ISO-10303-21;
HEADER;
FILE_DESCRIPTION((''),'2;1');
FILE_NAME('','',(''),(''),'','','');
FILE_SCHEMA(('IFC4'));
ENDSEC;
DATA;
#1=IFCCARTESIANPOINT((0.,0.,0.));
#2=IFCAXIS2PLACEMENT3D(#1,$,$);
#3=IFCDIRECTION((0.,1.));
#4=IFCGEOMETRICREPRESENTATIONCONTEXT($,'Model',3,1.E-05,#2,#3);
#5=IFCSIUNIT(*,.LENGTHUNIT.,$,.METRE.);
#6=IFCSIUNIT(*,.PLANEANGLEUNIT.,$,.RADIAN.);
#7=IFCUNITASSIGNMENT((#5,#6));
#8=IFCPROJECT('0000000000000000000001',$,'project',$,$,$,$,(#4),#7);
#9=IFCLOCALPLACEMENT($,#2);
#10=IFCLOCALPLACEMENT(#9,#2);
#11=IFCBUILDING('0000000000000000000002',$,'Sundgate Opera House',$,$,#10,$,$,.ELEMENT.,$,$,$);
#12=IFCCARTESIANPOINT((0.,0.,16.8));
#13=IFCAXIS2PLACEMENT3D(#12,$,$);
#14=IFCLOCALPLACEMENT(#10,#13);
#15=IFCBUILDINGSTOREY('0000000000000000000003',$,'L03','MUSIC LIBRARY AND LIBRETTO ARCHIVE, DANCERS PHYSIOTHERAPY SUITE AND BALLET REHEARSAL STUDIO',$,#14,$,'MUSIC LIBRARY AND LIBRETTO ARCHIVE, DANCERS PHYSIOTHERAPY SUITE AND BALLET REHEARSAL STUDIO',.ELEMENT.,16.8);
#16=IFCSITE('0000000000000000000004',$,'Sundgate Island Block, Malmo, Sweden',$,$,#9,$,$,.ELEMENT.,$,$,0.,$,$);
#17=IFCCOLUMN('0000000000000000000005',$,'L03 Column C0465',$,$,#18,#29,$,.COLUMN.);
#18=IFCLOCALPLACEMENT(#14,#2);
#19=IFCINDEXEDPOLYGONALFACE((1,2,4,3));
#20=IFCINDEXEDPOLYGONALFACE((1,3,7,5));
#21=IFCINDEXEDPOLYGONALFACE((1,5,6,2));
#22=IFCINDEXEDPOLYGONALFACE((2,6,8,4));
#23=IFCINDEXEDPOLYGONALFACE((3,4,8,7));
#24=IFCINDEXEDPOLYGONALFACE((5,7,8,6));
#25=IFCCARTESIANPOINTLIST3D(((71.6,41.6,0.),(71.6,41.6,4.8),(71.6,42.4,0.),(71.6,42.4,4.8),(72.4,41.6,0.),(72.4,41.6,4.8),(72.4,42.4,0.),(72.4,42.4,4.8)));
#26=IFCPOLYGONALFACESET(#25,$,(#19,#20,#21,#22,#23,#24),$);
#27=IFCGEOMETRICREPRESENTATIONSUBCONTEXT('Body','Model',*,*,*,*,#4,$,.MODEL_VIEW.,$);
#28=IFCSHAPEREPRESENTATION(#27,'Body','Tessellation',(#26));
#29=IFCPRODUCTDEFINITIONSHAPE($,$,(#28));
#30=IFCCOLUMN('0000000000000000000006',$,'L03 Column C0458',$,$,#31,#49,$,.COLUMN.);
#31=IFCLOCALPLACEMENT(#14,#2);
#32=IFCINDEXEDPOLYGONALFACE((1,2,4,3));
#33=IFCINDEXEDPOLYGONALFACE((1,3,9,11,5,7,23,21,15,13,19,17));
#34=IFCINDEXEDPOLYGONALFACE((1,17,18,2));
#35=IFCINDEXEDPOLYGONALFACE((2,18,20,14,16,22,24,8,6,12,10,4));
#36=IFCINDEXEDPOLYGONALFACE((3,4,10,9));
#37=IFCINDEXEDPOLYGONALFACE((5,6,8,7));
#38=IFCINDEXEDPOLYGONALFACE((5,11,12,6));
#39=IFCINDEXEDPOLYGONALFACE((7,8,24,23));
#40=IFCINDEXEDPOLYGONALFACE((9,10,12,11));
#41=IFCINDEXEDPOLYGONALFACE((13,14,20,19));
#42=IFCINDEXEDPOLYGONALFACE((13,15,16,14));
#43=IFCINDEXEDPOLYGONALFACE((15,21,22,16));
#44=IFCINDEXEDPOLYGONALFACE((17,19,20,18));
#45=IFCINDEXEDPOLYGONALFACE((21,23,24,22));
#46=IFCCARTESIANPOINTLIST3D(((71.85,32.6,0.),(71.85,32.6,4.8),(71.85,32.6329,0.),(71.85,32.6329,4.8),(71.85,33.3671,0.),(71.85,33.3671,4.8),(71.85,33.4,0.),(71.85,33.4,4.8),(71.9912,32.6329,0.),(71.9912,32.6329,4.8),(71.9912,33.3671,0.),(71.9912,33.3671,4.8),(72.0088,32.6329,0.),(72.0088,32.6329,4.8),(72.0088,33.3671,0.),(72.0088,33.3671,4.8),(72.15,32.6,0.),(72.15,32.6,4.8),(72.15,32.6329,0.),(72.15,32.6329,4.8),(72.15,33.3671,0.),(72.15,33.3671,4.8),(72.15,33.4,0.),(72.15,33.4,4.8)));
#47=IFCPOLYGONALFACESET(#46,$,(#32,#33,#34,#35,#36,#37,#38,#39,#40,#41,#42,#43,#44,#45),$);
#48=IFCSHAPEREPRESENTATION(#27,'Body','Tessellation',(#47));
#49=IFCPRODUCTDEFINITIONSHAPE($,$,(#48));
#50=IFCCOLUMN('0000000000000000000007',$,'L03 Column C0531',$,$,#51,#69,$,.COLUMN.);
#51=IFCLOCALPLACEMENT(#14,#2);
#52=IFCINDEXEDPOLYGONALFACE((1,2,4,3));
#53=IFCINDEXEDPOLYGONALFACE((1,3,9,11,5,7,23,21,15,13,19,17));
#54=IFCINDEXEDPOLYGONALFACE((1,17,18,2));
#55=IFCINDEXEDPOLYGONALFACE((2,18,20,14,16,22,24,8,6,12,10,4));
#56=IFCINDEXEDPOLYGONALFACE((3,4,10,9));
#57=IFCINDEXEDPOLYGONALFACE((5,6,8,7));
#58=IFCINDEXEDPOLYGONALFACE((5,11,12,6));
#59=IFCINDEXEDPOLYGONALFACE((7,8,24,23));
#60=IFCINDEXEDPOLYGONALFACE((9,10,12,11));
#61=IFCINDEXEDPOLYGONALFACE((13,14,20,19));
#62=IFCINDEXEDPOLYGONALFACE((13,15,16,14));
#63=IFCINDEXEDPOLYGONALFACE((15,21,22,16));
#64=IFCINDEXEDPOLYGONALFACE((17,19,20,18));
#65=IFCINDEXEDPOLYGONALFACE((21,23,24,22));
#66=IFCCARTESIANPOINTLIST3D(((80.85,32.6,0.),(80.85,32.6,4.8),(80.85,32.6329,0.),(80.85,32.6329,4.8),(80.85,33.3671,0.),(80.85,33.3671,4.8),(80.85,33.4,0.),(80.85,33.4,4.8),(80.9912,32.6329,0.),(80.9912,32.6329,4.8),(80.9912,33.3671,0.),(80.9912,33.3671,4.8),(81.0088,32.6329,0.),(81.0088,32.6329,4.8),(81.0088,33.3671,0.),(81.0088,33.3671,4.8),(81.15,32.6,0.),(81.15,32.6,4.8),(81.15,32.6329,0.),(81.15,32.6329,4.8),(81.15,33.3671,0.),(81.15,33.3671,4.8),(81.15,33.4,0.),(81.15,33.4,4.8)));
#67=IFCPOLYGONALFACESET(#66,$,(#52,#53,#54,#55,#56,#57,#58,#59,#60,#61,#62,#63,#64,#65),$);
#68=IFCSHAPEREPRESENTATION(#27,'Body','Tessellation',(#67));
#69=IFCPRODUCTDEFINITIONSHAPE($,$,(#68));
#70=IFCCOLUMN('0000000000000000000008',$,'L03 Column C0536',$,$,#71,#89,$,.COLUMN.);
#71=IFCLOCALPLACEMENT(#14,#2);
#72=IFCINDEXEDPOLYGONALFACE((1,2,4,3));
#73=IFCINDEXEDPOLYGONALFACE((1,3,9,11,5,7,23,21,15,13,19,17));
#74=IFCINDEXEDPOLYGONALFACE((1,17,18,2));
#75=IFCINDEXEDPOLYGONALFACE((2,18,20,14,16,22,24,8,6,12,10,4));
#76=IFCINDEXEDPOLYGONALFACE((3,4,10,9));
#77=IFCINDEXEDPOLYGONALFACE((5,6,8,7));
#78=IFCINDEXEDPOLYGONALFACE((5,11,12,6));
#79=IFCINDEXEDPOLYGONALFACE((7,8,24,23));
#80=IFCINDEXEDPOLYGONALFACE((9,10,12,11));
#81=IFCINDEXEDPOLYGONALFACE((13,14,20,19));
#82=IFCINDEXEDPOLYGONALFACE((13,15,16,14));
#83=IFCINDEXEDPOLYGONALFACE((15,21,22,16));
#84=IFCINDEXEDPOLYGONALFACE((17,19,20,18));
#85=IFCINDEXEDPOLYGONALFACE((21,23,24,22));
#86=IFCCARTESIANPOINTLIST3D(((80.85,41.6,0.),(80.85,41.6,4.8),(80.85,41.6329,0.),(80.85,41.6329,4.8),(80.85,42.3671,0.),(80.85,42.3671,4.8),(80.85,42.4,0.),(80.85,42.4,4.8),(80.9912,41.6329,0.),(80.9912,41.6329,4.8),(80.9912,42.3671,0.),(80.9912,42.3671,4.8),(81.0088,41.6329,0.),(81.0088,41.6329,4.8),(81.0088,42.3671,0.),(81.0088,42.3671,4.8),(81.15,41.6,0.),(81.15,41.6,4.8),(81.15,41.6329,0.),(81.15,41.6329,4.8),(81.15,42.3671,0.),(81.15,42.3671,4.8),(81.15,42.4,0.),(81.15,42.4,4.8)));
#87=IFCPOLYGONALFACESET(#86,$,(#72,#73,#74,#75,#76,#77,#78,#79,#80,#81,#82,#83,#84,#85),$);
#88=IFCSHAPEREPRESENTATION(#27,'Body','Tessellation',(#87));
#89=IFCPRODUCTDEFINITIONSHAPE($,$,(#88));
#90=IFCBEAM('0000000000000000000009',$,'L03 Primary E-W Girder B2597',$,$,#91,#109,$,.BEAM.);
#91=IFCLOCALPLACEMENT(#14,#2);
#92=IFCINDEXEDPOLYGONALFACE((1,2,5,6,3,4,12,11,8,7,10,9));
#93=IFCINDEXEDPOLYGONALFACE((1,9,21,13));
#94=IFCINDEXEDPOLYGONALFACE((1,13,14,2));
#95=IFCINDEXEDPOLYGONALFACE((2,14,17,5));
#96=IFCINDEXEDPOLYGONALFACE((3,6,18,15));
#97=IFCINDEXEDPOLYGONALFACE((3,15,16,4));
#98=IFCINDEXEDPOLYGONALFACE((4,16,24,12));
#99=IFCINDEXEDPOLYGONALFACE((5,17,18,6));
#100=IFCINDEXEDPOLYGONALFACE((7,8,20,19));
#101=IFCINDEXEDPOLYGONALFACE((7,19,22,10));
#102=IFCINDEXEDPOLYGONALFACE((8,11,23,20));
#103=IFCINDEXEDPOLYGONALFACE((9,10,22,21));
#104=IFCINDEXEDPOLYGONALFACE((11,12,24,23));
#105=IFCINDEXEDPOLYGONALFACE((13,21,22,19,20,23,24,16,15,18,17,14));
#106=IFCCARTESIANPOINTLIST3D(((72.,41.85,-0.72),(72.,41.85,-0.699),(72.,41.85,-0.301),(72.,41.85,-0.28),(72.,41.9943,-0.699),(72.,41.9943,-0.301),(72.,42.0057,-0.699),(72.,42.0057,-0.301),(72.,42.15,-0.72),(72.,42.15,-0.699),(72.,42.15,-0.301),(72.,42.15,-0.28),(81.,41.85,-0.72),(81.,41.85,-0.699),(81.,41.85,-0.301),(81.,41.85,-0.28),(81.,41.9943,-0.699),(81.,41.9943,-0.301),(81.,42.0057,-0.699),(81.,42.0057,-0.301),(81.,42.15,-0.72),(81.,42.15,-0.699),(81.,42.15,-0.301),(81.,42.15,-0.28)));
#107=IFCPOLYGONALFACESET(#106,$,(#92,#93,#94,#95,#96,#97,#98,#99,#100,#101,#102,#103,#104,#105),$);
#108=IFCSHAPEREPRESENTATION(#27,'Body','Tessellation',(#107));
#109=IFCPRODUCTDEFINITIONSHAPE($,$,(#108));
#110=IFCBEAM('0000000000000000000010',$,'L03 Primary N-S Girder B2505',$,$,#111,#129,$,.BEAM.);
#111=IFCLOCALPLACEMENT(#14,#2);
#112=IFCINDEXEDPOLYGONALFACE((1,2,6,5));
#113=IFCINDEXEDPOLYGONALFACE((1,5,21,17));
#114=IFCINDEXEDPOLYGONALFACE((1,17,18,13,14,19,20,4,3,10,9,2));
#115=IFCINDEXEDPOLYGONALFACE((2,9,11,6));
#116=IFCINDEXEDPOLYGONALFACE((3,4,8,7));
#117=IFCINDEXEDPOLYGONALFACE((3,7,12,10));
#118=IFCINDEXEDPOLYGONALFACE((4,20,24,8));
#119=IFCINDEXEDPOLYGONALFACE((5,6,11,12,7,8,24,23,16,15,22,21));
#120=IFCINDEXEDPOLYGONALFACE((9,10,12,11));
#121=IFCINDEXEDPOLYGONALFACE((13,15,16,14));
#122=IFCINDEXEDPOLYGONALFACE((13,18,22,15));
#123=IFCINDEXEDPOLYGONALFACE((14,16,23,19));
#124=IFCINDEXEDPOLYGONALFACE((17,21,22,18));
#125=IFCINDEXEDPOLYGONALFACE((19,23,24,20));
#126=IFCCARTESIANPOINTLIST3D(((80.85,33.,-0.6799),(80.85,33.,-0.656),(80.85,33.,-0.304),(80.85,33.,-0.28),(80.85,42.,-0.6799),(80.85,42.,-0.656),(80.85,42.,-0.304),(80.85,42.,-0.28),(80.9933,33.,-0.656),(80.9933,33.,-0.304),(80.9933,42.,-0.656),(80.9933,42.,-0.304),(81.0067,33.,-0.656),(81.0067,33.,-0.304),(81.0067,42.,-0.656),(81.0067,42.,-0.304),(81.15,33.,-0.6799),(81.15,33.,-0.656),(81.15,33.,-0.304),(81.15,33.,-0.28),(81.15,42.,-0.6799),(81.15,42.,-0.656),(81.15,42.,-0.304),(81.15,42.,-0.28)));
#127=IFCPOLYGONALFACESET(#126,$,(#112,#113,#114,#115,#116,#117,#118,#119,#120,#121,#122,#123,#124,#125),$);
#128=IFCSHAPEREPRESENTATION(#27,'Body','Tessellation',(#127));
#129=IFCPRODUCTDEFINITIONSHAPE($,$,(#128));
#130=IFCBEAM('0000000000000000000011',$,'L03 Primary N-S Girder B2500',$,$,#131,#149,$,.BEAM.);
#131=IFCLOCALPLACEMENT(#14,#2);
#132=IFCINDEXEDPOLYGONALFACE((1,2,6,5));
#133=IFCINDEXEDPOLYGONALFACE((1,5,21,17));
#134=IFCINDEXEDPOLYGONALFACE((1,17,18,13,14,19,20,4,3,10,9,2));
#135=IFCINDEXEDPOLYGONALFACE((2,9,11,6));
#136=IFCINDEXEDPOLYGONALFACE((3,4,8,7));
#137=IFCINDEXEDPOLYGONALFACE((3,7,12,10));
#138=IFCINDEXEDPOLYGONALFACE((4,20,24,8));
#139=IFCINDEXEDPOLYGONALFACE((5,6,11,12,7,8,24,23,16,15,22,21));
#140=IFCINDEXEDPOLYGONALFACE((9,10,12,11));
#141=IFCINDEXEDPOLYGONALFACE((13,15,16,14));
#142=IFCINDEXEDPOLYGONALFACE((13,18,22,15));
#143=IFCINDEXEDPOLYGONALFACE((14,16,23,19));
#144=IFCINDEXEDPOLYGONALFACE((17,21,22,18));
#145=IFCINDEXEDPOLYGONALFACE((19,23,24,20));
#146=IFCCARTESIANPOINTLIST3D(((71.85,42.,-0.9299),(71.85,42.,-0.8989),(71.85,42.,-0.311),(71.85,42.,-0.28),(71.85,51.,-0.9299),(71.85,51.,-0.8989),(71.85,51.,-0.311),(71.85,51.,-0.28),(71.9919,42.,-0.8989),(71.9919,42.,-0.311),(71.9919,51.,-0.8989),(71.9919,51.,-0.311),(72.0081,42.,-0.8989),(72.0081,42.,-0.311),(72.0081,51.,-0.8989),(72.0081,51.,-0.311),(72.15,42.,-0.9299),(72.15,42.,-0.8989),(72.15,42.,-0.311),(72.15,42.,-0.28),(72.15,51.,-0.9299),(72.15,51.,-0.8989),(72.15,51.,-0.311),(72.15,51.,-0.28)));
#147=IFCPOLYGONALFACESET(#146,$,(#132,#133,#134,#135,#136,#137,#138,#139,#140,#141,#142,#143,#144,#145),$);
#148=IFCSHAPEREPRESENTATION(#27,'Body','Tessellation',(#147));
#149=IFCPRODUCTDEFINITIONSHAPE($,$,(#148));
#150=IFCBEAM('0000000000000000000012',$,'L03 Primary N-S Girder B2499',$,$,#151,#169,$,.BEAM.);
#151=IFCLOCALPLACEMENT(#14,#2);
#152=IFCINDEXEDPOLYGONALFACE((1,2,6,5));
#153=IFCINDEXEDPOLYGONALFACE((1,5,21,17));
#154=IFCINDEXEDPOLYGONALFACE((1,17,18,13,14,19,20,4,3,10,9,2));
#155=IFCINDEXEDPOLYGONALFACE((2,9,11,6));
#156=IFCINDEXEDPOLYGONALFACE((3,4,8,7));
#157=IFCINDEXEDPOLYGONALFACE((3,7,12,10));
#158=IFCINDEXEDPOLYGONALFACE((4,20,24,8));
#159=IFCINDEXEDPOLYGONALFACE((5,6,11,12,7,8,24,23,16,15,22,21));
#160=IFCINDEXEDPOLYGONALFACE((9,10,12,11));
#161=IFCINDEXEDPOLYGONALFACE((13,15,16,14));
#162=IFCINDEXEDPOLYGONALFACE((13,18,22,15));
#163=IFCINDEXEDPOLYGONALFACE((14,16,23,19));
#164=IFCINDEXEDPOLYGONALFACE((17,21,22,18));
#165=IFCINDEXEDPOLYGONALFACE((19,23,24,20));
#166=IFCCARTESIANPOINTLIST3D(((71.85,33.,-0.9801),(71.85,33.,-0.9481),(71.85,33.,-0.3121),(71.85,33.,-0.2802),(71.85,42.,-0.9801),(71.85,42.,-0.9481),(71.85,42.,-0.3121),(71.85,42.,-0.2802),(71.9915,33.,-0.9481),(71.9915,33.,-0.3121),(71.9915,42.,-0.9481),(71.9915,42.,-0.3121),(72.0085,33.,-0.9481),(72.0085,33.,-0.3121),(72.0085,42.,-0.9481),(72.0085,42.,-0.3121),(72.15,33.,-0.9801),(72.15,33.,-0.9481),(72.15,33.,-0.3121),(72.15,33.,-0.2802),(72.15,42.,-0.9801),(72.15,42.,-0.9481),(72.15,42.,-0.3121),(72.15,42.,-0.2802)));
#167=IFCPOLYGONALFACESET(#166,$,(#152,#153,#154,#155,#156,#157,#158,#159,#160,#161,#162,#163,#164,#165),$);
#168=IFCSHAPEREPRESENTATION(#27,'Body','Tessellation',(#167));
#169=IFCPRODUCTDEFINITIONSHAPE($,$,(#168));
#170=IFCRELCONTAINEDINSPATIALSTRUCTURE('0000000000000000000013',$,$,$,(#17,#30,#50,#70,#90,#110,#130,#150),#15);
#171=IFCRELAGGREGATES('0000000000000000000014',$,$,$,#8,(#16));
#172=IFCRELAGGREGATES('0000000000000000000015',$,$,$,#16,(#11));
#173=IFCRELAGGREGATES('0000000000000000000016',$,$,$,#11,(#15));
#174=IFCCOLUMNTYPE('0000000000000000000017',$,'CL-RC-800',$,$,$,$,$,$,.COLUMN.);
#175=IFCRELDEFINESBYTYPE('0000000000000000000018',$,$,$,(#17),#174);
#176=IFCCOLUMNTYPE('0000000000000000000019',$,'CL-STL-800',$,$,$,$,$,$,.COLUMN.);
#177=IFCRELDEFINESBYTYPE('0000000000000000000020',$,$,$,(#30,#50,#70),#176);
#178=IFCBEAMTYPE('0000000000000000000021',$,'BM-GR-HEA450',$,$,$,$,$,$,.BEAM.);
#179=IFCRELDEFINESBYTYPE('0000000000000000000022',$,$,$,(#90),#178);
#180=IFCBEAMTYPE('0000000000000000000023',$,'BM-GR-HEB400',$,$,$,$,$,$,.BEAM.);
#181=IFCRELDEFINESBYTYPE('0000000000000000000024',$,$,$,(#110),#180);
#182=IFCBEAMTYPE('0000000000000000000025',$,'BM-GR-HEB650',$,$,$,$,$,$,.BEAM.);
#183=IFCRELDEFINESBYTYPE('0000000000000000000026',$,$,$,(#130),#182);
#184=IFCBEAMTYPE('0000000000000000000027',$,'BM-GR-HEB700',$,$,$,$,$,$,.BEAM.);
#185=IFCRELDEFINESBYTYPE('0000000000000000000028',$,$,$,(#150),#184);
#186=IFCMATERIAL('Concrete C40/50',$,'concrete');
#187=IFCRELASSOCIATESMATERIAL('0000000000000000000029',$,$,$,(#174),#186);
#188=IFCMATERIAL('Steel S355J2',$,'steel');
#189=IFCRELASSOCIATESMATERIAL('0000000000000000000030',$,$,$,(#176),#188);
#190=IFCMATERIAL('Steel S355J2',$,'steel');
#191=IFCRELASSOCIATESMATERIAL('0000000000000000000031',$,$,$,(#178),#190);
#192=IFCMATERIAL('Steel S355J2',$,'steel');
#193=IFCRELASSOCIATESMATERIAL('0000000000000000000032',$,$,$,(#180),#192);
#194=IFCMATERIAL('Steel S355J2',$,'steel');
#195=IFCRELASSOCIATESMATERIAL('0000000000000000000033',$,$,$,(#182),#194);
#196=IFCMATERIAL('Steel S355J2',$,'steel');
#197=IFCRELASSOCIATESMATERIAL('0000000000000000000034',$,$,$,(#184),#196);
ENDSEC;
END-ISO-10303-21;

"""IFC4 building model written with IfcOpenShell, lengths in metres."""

from ifc_helpers import new_model, si_unit, direction, frame, origin, origin_2d, place, context, subcontext, project, spatial, rectangle, i_section, extrude, material, material_profile, profile_set, type_object, element, save


model = new_model("IFC4")

# Units and contexts
model_context = context("Model", 3, precision=1e-05, world=origin(), true_north=direction((0.0, 1.0)))
body_context = subcontext(model_context, "Body", "Model", "MODEL_VIEW")
ifc_project = project(units=[si_unit("LENGTHUNIT", "METRE"), si_unit("PLANEANGLEUNIT", "RADIAN")], contexts=[model_context])

# Site, building, storey
site_placement = place(None, origin())
site = spatial("IfcSite", under=ifc_project, at=site_placement, Name="Sundgate Island Block, Malmo, Sweden", CompositionType="ELEMENT", RefElevation=0.0)
building_placement = place(site_placement, origin())
building = spatial("IfcBuilding", under=site, at=building_placement, Name="Sundgate Opera House", CompositionType="ELEMENT")
storey_placement = place(building_placement, frame((0.0, 0.0, 16.8)))
storey = spatial("IfcBuildingStorey", under=building, at=storey_placement, Name="L03", Description="MUSIC LIBRARY AND LIBRETTO ARCHIVE, DANCERS PHYSIOTHERAPY SUITE AND BALLET REHEARSAL STUDIO", LongName="MUSIC LIBRARY AND LIBRETTO ARCHIVE, DANCERS PHYSIOTHERAPY SUITE AND BALLET REHEARSAL STUDIO", CompositionType="ELEMENT", Elevation=16.8)

# Columns
ifc_material_1 = material(Name="Concrete C40/50", Category="concrete")
ifc_material_profile_1 = material_profile(ifc_material_1, rectangle(XDim=0.8, YDim=0.8, at=origin_2d()), Name="RC 800x800")
ifc_profile_set_1 = profile_set([ifc_material_profile_1], Name="Concrete C40/50")
column_type_1 = type_object("IfcColumnType", Name="CL-RC-800", PredefinedType="COLUMN", material=ifc_profile_set_1)
column_placement = place(storey_placement, frame((72.0, 42.0, 0.0), z_axis=(0.0, 0.0, 1.0), x_axis=(1.0, 0.0, 0.0)))
element("IfcColumn", 1, at=column_placement, inside=storey, type_object=column_type_1, Name="L03 Column C0465", PredefinedType="COLUMN", context=body_context, shape_type="SweptSolid", body=[
    extrude(rectangle(XDim=0.8, YDim=0.8, at=origin_2d()), origin(), (0.0, 0.0, 1.0), 4.8),
])
ifc_material_2 = material(Name="Steel S355J2", Category="steel")
ifc_material_profile_2 = material_profile(ifc_material_2, i_section(OverallWidth=0.3, OverallDepth=0.8, WebThickness=0.0176, FlangeThickness=0.033, at=origin_2d()), Name="HEB 800")
ifc_profile_set_2 = profile_set([ifc_material_profile_2], Name="Steel S355J2")
column_type_2 = type_object("IfcColumnType", Name="CL-STL-800", PredefinedType="COLUMN", material=ifc_profile_set_2)
for number, where, z_axis, x_axis, name in (
    (2, (72.0, 33.0, 0.0), (0.0, 0.0, 1.0), (1.0, 0.0, 0.0), "L03 Column C0458"),
    (3, (81.0, 33.0, 0.0), (0.0, 0.0, 1.0), (1.0, 0.0, 0.0), "L03 Column C0531"),
    (4, (81.0, 42.0, 0.0), (0.0, 0.0, 1.0), (1.0, 0.0, 0.0), "L03 Column C0536"),
):
    element("IfcColumn", number, at=place(storey_placement, frame(where, z_axis=z_axis, x_axis=x_axis)), inside=storey, type_object=column_type_2, Name=name, PredefinedType="COLUMN", context=body_context, shape_type="SweptSolid", body=[
        extrude(i_section(OverallWidth=0.3, OverallDepth=0.8, WebThickness=0.0176, FlangeThickness=0.033, at=origin_2d()), origin(), (0.0, 0.0, 1.0), 4.8),
    ])

# Beams
ifc_material_3 = material(Name="Steel S355J2", Category="steel")
ifc_material_profile_3 = material_profile(ifc_material_3, i_section(OverallWidth=0.3, OverallDepth=0.4399, WebThickness=0.0115, FlangeThickness=0.021, at=origin_2d()), Name="HEA 450")
ifc_profile_set_3 = profile_set([ifc_material_profile_3], Name="Steel S355J2")
beam_type_1 = type_object("IfcBeamType", Name="BM-GR-HEA450", PredefinedType="BEAM", material=ifc_profile_set_3)
beam_1_placement = place(storey_placement, frame((72.0, 42.0, -0.5), z_axis=(1.0, 0.0, 0.0), x_axis=(0.0, 1.0, 0.0)))
element("IfcBeam", 5, at=beam_1_placement, inside=storey, type_object=beam_type_1, Name="L03 Primary E-W Girder B2597", PredefinedType="BEAM", context=body_context, shape_type="SweptSolid", body=[
    extrude(i_section(OverallWidth=0.3, OverallDepth=0.4399, WebThickness=0.0115, FlangeThickness=0.021, at=origin_2d()), origin(), (0.0, 0.0, 1.0), 9.0),
])
ifc_material_4 = material(Name="Steel S355J2", Category="steel")
ifc_material_profile_4 = material_profile(ifc_material_4, i_section(OverallWidth=0.3, OverallDepth=0.3999, WebThickness=0.0134, FlangeThickness=0.0239, at=origin_2d()), Name="HEB 400")
ifc_profile_set_4 = profile_set([ifc_material_profile_4], Name="Steel S355J2")
beam_type_2 = type_object("IfcBeamType", Name="BM-GR-HEB400", PredefinedType="BEAM", material=ifc_profile_set_4)
beam_2_placement = place(storey_placement, frame((81.0, 33.0, -0.48), z_axis=(0.0, 1.0, 0.0), x_axis=(-1.0, 0.0, 0.0)))
element("IfcBeam", 6, at=beam_2_placement, inside=storey, type_object=beam_type_2, Name="L03 Primary N-S Girder B2505", PredefinedType="BEAM", context=body_context, shape_type="SweptSolid", body=[
    extrude(i_section(OverallWidth=0.3, OverallDepth=0.3999, WebThickness=0.0134, FlangeThickness=0.0239, at=origin_2d()), origin(), (0.0, 0.0, 1.0), 9.0),
])
ifc_material_5 = material(Name="Steel S355J2", Category="steel")
ifc_material_profile_5 = material_profile(ifc_material_5, i_section(OverallWidth=0.3, OverallDepth=0.6499, WebThickness=0.0161, FlangeThickness=0.031, at=origin_2d()), Name="HEB 650")
ifc_profile_set_5 = profile_set([ifc_material_profile_5], Name="Steel S355J2")
beam_type_3 = type_object("IfcBeamType", Name="BM-GR-HEB650", PredefinedType="BEAM", material=ifc_profile_set_5)
beam_3_placement = place(storey_placement, frame((72.0, 42.0, -0.605), z_axis=(0.0, 1.0, 0.0), x_axis=(-1.0, 0.0, 0.0)))
element("IfcBeam", 7, at=beam_3_placement, inside=storey, type_object=beam_type_3, Name="L03 Primary N-S Girder B2500", PredefinedType="BEAM", context=body_context, shape_type="SweptSolid", body=[
    extrude(i_section(OverallWidth=0.3, OverallDepth=0.6499, WebThickness=0.0161, FlangeThickness=0.031, at=origin_2d()), origin(), (0.0, 0.0, 1.0), 9.0),
])
ifc_material_6 = material(Name="Steel S355J2", Category="steel")
ifc_material_profile_6 = material_profile(ifc_material_6, i_section(OverallWidth=0.3, OverallDepth=0.7, WebThickness=0.0171, FlangeThickness=0.032, at=origin_2d()), Name="HEB 700")
ifc_profile_set_6 = profile_set([ifc_material_profile_6], Name="Steel S355J2")
beam_type_4 = type_object("IfcBeamType", Name="BM-GR-HEB700", PredefinedType="BEAM", material=ifc_profile_set_6)
beam_4_placement = place(storey_placement, frame((72.0, 33.0, -0.6301), z_axis=(0.0, 1.0, 0.0), x_axis=(-1.0, 0.0, 0.0)))
element("IfcBeam", 8, at=beam_4_placement, inside=storey, type_object=beam_type_4, Name="L03 Primary N-S Girder B2499", PredefinedType="BEAM", context=body_context, shape_type="SweptSolid", body=[
    extrude(i_section(OverallWidth=0.3, OverallDepth=0.7, WebThickness=0.0171, FlangeThickness=0.032, at=origin_2d()), origin(), (0.0, 0.0, 1.0), 9.0),
])

save(model, "model.ifc")
